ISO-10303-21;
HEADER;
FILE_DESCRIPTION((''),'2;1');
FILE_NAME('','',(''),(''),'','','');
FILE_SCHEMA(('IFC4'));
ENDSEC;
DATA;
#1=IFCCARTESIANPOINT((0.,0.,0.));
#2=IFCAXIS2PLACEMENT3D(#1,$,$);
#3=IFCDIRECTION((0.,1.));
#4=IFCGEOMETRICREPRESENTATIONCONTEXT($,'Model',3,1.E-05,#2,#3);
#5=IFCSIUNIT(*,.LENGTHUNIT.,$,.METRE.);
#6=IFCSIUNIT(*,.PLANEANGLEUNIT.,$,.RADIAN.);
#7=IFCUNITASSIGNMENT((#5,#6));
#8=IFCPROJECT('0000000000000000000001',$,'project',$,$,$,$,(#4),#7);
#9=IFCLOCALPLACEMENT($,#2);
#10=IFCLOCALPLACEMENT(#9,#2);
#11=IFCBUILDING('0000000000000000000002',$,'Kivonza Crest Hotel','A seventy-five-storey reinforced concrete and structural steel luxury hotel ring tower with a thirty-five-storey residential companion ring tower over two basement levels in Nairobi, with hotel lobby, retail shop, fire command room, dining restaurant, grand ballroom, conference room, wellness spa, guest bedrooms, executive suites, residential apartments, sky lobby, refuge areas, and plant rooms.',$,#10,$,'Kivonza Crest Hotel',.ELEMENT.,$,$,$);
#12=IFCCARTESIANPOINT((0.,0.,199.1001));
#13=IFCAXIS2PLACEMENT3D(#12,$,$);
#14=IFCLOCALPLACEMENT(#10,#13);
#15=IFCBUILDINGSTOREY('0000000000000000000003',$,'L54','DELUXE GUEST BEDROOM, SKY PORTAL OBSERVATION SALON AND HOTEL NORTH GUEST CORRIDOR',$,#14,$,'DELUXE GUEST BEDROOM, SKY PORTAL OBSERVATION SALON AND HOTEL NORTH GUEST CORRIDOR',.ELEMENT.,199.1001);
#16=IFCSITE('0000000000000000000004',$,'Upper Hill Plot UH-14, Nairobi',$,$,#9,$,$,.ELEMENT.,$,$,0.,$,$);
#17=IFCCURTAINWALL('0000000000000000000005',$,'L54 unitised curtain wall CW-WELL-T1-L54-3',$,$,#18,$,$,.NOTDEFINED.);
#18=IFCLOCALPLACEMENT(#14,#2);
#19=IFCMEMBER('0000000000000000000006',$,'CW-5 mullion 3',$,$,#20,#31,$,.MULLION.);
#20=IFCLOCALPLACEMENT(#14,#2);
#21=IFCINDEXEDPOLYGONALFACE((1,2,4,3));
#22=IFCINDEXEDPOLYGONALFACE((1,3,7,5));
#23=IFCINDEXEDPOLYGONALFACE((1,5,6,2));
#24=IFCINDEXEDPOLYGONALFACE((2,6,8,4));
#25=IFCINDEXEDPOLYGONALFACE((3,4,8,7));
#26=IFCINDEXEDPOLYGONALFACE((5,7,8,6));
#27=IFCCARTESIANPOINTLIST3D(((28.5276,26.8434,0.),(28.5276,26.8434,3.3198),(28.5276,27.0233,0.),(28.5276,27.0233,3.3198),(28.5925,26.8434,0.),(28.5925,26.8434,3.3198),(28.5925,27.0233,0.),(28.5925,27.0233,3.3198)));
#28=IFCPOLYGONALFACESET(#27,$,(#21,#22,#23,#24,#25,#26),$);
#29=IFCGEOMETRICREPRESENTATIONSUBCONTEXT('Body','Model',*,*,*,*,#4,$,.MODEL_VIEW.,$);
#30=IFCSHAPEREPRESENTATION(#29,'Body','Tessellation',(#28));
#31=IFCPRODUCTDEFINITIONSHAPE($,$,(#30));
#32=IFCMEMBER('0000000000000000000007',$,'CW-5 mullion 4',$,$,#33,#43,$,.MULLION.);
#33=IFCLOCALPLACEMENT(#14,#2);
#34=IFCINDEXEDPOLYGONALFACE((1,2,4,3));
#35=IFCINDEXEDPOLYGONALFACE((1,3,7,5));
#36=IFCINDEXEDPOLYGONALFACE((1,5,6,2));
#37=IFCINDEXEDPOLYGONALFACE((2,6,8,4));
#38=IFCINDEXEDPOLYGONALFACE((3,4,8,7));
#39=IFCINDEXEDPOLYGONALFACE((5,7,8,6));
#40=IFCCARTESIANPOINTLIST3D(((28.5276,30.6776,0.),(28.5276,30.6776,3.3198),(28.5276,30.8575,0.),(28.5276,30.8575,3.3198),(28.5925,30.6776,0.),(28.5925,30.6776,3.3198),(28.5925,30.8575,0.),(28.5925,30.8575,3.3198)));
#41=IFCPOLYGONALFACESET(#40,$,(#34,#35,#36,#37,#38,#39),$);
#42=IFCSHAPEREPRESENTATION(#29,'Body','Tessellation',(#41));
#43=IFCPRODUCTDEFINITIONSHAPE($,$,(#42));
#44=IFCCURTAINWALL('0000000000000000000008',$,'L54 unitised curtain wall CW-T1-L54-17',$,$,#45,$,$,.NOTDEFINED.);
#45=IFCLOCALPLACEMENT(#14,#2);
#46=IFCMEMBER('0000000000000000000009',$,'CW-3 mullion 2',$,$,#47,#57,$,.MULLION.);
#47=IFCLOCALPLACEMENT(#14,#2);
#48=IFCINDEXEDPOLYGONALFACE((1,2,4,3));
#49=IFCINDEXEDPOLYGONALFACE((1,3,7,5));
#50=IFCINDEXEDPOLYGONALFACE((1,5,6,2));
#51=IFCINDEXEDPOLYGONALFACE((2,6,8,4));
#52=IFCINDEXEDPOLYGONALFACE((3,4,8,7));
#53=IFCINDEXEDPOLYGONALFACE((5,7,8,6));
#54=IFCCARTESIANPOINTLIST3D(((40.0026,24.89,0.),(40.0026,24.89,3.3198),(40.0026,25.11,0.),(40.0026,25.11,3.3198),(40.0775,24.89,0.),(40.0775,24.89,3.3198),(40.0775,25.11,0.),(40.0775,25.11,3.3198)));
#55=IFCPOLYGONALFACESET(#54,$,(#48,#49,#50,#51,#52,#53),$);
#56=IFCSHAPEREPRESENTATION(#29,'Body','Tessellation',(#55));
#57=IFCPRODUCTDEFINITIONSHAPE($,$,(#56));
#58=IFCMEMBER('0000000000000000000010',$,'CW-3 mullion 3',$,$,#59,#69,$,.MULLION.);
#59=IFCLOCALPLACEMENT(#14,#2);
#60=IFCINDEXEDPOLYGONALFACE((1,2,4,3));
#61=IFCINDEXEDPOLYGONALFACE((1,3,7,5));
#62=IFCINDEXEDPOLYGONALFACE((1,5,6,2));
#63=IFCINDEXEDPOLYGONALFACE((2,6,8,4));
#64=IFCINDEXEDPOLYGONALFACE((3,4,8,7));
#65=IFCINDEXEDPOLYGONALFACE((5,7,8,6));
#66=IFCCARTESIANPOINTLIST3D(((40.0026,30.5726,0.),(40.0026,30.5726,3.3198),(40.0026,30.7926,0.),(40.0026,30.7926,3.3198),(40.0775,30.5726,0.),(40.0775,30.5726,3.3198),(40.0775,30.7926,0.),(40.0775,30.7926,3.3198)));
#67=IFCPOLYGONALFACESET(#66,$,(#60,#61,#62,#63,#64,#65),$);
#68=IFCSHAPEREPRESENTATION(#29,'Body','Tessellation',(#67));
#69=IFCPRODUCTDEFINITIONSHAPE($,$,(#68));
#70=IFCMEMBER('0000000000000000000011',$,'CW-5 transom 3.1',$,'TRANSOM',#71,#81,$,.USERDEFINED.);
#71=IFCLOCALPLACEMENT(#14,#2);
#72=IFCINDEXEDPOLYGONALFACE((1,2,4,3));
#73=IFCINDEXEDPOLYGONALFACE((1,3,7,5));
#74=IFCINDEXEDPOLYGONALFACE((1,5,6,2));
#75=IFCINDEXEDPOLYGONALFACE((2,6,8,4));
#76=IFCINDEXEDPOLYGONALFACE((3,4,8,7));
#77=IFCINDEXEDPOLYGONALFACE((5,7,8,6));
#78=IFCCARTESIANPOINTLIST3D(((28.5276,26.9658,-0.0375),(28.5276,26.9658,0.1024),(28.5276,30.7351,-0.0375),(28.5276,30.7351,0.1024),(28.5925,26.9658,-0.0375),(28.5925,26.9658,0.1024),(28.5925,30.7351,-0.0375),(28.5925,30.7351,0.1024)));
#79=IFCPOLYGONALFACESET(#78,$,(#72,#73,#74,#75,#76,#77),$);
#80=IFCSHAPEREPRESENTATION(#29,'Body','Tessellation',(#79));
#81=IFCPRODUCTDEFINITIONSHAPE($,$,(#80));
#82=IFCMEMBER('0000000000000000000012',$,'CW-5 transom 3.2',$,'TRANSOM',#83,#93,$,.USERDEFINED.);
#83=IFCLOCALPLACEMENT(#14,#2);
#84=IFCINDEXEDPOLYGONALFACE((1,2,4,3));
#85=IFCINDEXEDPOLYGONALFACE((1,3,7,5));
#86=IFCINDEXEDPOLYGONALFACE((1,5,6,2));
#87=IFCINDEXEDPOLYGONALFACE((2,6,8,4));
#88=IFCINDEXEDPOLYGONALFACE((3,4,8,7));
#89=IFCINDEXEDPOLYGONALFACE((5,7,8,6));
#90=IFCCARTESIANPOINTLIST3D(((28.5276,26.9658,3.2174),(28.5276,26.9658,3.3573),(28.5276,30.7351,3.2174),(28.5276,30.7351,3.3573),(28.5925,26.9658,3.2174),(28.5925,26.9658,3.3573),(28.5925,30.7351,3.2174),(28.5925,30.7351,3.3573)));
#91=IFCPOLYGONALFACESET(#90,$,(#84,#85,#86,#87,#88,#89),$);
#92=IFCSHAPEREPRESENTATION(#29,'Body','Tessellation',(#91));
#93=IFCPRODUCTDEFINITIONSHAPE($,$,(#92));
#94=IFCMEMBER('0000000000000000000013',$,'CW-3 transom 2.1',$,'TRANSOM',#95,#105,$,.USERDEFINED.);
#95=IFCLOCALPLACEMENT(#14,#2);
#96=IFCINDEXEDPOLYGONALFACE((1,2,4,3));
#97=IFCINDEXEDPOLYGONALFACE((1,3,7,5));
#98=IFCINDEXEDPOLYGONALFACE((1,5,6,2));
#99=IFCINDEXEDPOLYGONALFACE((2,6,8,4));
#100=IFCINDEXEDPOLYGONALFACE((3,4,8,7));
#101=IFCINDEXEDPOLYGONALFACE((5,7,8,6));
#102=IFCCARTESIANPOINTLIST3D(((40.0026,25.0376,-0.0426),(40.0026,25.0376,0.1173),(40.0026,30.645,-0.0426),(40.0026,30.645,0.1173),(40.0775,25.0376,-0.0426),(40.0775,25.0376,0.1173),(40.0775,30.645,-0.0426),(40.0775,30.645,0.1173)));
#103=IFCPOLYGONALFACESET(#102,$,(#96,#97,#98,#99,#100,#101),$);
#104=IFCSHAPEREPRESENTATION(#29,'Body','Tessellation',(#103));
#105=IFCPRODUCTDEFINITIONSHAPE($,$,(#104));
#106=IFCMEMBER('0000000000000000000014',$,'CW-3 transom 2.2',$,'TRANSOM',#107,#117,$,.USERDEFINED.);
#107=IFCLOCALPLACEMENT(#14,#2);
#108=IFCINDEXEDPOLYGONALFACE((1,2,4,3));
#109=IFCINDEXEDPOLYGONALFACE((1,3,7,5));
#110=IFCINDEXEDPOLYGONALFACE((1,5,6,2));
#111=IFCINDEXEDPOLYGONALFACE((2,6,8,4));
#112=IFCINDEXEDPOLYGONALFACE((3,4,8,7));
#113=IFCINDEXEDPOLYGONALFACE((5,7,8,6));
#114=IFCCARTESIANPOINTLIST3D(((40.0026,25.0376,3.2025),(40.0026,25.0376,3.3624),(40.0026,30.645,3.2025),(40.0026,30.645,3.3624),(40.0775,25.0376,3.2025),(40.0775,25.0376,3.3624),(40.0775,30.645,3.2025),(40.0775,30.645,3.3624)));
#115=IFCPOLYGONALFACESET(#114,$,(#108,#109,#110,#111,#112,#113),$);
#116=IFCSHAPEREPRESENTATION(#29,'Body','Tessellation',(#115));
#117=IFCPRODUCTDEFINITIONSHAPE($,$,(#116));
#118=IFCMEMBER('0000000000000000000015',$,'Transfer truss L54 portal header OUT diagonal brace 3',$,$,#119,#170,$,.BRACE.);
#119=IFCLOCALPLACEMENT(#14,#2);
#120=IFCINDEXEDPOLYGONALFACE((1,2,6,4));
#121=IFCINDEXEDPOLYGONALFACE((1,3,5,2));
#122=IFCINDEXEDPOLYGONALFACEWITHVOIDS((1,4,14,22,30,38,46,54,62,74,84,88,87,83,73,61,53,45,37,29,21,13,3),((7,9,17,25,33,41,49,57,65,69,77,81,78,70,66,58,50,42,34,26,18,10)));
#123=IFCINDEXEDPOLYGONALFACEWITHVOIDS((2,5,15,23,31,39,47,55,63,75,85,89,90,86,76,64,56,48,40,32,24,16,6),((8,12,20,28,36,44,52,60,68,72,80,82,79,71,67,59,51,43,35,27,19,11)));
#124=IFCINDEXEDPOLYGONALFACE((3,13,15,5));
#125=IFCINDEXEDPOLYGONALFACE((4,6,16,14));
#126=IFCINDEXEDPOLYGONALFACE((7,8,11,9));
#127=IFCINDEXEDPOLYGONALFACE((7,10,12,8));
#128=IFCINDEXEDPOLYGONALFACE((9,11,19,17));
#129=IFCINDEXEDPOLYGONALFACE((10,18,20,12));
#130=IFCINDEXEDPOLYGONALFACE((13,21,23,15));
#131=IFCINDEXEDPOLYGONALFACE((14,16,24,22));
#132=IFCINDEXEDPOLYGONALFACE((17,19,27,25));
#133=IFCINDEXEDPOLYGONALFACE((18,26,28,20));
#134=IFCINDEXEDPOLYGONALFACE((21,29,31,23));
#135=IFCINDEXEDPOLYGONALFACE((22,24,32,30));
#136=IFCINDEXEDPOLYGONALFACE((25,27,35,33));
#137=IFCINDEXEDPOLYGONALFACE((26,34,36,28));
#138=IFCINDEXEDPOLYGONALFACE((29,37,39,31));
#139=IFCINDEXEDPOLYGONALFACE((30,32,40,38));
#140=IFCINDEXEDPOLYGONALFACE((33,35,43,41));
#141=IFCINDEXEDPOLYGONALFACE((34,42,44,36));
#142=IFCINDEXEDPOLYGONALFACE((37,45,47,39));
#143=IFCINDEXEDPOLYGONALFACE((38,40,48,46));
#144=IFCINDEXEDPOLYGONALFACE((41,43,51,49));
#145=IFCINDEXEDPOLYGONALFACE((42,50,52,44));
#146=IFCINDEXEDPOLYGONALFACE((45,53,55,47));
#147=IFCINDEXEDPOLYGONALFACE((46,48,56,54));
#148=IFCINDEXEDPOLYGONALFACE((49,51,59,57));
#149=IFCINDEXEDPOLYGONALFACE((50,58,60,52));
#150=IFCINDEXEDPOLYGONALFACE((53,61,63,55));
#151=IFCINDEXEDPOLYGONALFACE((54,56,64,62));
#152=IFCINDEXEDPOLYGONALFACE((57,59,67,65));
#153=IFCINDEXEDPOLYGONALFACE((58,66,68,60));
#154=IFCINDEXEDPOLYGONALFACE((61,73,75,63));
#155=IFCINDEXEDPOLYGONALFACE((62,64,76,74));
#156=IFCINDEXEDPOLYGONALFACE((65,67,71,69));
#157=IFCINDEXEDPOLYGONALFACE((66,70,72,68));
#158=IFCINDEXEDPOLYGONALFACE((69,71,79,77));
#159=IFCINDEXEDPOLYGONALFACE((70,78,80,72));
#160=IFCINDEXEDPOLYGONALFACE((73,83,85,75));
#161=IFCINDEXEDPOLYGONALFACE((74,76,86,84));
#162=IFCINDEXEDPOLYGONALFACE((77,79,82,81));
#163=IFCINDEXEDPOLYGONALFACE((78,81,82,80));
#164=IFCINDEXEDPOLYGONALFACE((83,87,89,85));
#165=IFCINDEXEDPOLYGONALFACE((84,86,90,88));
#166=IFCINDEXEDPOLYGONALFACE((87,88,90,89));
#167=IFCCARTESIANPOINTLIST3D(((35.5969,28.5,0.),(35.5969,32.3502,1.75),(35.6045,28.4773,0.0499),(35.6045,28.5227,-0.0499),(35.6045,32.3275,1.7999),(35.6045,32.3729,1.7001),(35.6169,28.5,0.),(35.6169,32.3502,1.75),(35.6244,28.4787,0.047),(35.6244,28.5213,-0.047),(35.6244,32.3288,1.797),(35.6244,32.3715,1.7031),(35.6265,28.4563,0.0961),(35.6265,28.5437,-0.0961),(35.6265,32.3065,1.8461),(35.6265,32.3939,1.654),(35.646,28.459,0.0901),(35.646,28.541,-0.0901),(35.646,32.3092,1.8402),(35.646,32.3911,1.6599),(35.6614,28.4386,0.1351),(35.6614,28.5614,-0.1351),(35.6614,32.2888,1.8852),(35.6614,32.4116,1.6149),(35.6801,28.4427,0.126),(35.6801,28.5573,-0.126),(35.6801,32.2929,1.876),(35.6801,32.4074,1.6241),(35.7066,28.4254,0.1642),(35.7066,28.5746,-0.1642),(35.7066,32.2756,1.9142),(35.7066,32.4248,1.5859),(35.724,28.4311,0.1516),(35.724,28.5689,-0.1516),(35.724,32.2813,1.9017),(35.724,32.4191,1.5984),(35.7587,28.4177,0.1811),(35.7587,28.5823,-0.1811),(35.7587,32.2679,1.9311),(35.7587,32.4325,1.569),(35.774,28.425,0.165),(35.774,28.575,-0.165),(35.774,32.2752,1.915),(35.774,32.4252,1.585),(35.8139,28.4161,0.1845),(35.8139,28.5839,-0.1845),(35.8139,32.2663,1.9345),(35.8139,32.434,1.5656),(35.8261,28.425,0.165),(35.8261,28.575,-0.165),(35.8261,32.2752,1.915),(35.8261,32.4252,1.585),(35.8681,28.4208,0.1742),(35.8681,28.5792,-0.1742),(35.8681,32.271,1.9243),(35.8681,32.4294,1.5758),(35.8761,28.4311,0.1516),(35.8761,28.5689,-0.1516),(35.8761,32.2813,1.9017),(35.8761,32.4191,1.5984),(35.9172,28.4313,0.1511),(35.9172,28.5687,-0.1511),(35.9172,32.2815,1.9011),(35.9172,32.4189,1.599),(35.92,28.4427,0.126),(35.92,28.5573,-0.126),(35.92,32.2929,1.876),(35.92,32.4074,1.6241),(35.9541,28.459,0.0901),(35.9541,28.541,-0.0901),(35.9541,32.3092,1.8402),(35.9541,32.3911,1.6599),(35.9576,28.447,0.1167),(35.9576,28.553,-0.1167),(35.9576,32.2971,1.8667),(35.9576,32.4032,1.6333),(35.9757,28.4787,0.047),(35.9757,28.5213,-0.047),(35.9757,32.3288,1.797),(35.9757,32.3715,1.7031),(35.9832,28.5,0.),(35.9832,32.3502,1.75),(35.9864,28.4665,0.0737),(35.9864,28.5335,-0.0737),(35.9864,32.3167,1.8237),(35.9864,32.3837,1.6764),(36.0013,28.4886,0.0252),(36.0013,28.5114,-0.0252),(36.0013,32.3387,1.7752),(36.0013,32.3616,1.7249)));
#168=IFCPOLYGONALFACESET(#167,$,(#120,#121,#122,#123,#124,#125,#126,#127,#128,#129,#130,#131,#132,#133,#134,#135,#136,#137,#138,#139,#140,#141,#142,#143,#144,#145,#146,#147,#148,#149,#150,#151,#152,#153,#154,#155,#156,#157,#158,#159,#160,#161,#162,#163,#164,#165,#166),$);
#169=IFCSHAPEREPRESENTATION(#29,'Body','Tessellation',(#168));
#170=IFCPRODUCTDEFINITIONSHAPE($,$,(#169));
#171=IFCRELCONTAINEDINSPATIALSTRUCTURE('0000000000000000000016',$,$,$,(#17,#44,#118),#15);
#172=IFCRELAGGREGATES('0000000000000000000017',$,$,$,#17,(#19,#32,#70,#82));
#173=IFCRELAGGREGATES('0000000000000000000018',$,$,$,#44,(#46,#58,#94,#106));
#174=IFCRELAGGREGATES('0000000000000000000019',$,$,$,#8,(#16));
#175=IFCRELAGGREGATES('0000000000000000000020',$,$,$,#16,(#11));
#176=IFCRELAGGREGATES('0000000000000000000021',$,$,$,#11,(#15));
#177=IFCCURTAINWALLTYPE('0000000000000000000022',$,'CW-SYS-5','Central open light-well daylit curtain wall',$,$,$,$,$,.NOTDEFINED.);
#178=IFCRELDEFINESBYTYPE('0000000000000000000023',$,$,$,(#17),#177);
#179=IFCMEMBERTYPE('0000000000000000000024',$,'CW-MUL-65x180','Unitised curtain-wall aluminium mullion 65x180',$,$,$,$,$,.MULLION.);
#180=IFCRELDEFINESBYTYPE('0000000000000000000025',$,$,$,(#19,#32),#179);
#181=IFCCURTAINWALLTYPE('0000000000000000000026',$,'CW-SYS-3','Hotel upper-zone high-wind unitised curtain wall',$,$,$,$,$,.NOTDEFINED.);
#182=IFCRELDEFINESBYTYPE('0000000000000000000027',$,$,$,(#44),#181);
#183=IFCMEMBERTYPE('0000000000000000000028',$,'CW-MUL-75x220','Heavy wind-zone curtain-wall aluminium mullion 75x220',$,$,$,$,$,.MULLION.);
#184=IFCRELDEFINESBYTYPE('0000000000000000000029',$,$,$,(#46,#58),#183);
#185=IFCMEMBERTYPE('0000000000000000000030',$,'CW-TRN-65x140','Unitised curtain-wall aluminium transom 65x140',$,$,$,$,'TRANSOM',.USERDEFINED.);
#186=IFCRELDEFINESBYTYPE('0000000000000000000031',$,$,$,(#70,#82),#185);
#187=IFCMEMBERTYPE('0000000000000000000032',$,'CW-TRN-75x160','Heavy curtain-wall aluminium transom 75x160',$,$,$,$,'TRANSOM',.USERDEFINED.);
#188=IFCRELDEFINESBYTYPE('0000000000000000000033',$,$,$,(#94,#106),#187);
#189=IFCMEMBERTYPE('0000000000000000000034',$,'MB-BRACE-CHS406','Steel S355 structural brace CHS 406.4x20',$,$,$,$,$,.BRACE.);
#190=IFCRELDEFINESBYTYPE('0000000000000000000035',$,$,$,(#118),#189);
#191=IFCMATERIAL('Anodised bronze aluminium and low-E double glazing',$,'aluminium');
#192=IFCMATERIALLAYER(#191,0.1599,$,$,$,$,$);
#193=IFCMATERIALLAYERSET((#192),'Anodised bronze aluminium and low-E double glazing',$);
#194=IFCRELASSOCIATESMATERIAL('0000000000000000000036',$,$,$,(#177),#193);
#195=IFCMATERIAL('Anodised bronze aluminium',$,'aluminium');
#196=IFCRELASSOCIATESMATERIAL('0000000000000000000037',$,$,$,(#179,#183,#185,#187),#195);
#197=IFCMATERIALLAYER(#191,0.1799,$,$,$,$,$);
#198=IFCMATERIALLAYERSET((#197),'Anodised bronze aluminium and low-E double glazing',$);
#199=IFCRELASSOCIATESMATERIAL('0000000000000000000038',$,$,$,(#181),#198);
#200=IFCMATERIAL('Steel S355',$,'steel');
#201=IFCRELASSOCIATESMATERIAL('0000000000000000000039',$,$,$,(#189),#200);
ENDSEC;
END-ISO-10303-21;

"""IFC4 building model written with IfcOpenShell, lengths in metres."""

from ifc_helpers import new_model, si_unit, direction, frame, origin, origin_2d, place, context, subcontext, project, spatial, rectangle, hollow_circle, extrude, material, layer, layer_set, material_profile, profile_set, type_object, element, aggregate, save


model = new_model("IFC4")

# Units and contexts
model_context = context("Model", 3, precision=1e-05, world=origin(), true_north=direction((0.0, 1.0)))
body_context = subcontext(model_context, "Body", "Model", "MODEL_VIEW")
ifc_project = project(units=[si_unit("LENGTHUNIT", "METRE"), si_unit("PLANEANGLEUNIT", "RADIAN")], contexts=[model_context])

# Site, building, storey
site_placement = place(None, origin())
site = spatial("IfcSite", under=ifc_project, at=site_placement, Name="Upper Hill Plot UH-14, Nairobi", CompositionType="ELEMENT", RefElevation=0.0)
building_placement = place(site_placement, origin())
building = spatial("IfcBuilding", under=site, at=building_placement, Name="Kivonza Crest Hotel", Description="A seventy-five-storey reinforced concrete and structural steel luxury hotel ring tower with a thirty-five-storey residential companion ring tower over two basement levels in Nairobi, with hotel lobby, retail shop, fire command room, dining restaurant, grand ballroom, conference room, wellness spa, guest bedrooms, executive suites, residential apartments, sky lobby, refuge areas, and plant rooms.", LongName="Kivonza Crest Hotel", CompositionType="ELEMENT")
storey_placement = place(building_placement, frame((0.0, 0.0, 199.1001)))
storey = spatial("IfcBuildingStorey", under=building, at=storey_placement, Name="L54", Description="DELUXE GUEST BEDROOM, SKY PORTAL OBSERVATION SALON AND HOTEL NORTH GUEST CORRIDOR", LongName="DELUXE GUEST BEDROOM, SKY PORTAL OBSERVATION SALON AND HOTEL NORTH GUEST CORRIDOR", CompositionType="ELEMENT", Elevation=199.1001)

# Shared definitions
ifc_material_1 = material(Name="Steel S355", Category="steel")

# Curtain walls, members
ifc_material_2 = material(Name="Anodised bronze aluminium and low-E double glazing", Category="aluminium")
ifc_layer_1 = layer(ifc_material_2, 0.1599)
ifc_layer_set_1 = layer_set([ifc_layer_1], Name="Anodised bronze aluminium and low-E double glazing")
curtain_wall_type_1 = type_object("IfcCurtainWallType", Name="CW-SYS-5", Description="Central open light-well daylit curtain wall", PredefinedType="NOTDEFINED", material=ifc_layer_set_1)
curtain_wall_1_placement = place(storey_placement, origin())
curtain_wall_1 = element("IfcCurtainWall", 1, at=curtain_wall_1_placement, inside=storey, type_object=curtain_wall_type_1, Name="L54 unitised curtain wall CW-WELL-T1-L54-3", PredefinedType="NOTDEFINED")
ifc_material_3 = material(Name="Anodised bronze aluminium", Category="aluminium")
ifc_material_profile_1 = material_profile(ifc_material_3, rectangle(XDim=0.0649, YDim=0.1799, at=origin_2d()), Name="CW-M 65x180")
ifc_profile_set_1 = profile_set([ifc_material_profile_1], Name="Anodised bronze aluminium")
member_type_1 = type_object("IfcMemberType", Name="CW-MUL-65x180", Description="Unitised curtain-wall aluminium mullion 65x180", PredefinedType="MULLION", material=ifc_profile_set_1)
member_1_placement = place(storey_placement, frame((28.5601, 26.9333, 0.0), z_axis=(0.0, 0.0, 1.0), x_axis=(-1.0, 0.0, 0.0)))
member_1 = element("IfcMember", 2, at=member_1_placement, type_object=member_type_1, Name="CW-5 mullion 3", PredefinedType="MULLION", context=body_context, shape_type="SweptSolid", body=[
    extrude(rectangle(XDim=0.0649, YDim=0.1799, at=origin_2d()), origin(), (0.0, 0.0, 1.0), 3.3198),
])
member_2_placement = place(storey_placement, frame((28.5601, 30.7676, 0.0), z_axis=(0.0, 0.0, 1.0), x_axis=(-1.0, 0.0, 0.0)))
member_2 = element("IfcMember", 3, at=member_2_placement, type_object=member_type_1, Name="CW-5 mullion 4", PredefinedType="MULLION", context=body_context, shape_type="SweptSolid", body=[
    extrude(rectangle(XDim=0.0649, YDim=0.1799, at=origin_2d()), origin(), (0.0, 0.0, 1.0), 3.3198),
])
ifc_layer_2 = layer(ifc_material_2, 0.1799)
ifc_layer_set_2 = layer_set([ifc_layer_2], Name="Anodised bronze aluminium and low-E double glazing")
curtain_wall_type_2 = type_object("IfcCurtainWallType", Name="CW-SYS-3", Description="Hotel upper-zone high-wind unitised curtain wall", PredefinedType="NOTDEFINED", material=ifc_layer_set_2)
curtain_wall_2_placement = place(storey_placement, origin())
curtain_wall_2 = element("IfcCurtainWall", 4, at=curtain_wall_2_placement, inside=storey, type_object=curtain_wall_type_2, Name="L54 unitised curtain wall CW-T1-L54-17", PredefinedType="NOTDEFINED")
ifc_material_profile_2 = material_profile(ifc_material_3, rectangle(XDim=0.075, YDim=0.22, at=origin_2d()), Name="CW-M 75x220")
ifc_profile_set_2 = profile_set([ifc_material_profile_2], Name="Anodised bronze aluminium")
member_type_2 = type_object("IfcMemberType", Name="CW-MUL-75x220", Description="Heavy wind-zone curtain-wall aluminium mullion 75x220", PredefinedType="MULLION", material=ifc_profile_set_2)
member_3_placement = place(storey_placement, frame((40.04, 25.0, 0.0), z_axis=(0.0, 0.0, 1.0), x_axis=(-1.0, 0.0, 0.0)))
member_3 = element("IfcMember", 5, at=member_3_placement, type_object=member_type_2, Name="CW-3 mullion 2", PredefinedType="MULLION", context=body_context, shape_type="SweptSolid", body=[
    extrude(rectangle(XDim=0.075, YDim=0.22, at=origin_2d()), origin(), (0.0, 0.0, 1.0), 3.3198),
])
member_4_placement = place(storey_placement, frame((40.04, 30.6826, 0.0), z_axis=(0.0, 0.0, 1.0), x_axis=(-1.0, 0.0, 0.0)))
member_4 = element("IfcMember", 6, at=member_4_placement, type_object=member_type_2, Name="CW-3 mullion 3", PredefinedType="MULLION", context=body_context, shape_type="SweptSolid", body=[
    extrude(rectangle(XDim=0.075, YDim=0.22, at=origin_2d()), origin(), (0.0, 0.0, 1.0), 3.3198),
])

# Members
ifc_material_profile_3 = material_profile(ifc_material_3, rectangle(XDim=0.0649, YDim=0.1399, at=origin_2d()), Name="CW-T 65x140")
ifc_profile_set_3 = profile_set([ifc_material_profile_3], Name="Anodised bronze aluminium")
member_type_3 = type_object("IfcMemberType", Name="CW-TRN-65x140", Description="Unitised curtain-wall aluminium transom 65x140", ElementType="TRANSOM", PredefinedType="USERDEFINED", material=ifc_profile_set_3)
member_5_placement = place(storey_placement, frame((28.5601, 26.9658, 0.0325), z_axis=(0.0, 1.0, 0.0), x_axis=(-1.0, 0.0, 0.0)))
member_5 = element("IfcMember", 7, at=member_5_placement, type_object=member_type_3, Name="CW-5 transom 3.1", ObjectType="TRANSOM", PredefinedType="USERDEFINED", context=body_context, shape_type="SweptSolid", body=[
    extrude(rectangle(XDim=0.0649, YDim=0.1399, at=origin_2d()), origin(), (0.0, 0.0, 1.0), 3.7693),
])
member_6_placement = place(storey_placement, frame((28.5601, 26.9658, 3.2874), z_axis=(0.0, 1.0, 0.0), x_axis=(-1.0, 0.0, 0.0)))
member_6 = element("IfcMember", 8, at=member_6_placement, type_object=member_type_3, Name="CW-5 transom 3.2", ObjectType="TRANSOM", PredefinedType="USERDEFINED", context=body_context, shape_type="SweptSolid", body=[
    extrude(rectangle(XDim=0.0649, YDim=0.1399, at=origin_2d()), origin(), (0.0, 0.0, 1.0), 3.7693),
])
ifc_material_profile_4 = material_profile(ifc_material_3, rectangle(XDim=0.075, YDim=0.1599, at=origin_2d()), Name="CW-T 75x160")
ifc_profile_set_4 = profile_set([ifc_material_profile_4], Name="Anodised bronze aluminium")
member_type_4 = type_object("IfcMemberType", Name="CW-TRN-75x160", Description="Heavy curtain-wall aluminium transom 75x160", ElementType="TRANSOM", PredefinedType="USERDEFINED", material=ifc_profile_set_4)
member_7_placement = place(storey_placement, frame((40.04, 25.0376, 0.0374), z_axis=(0.0, 1.0, 0.0), x_axis=(-1.0, 0.0, 0.0)))
member_7 = element("IfcMember", 9, at=member_7_placement, type_object=member_type_4, Name="CW-3 transom 2.1", ObjectType="TRANSOM", PredefinedType="USERDEFINED", context=body_context, shape_type="SweptSolid", body=[
    extrude(rectangle(XDim=0.075, YDim=0.1599, at=origin_2d()), origin(), (0.0, 0.0, 1.0), 5.6074),
])
member_8_placement = place(storey_placement, frame((40.04, 25.0376, 3.2825), z_axis=(0.0, 1.0, 0.0), x_axis=(-1.0, 0.0, 0.0)))
member_8 = element("IfcMember", 10, at=member_8_placement, type_object=member_type_4, Name="CW-3 transom 2.2", ObjectType="TRANSOM", PredefinedType="USERDEFINED", context=body_context, shape_type="SweptSolid", body=[
    extrude(rectangle(XDim=0.075, YDim=0.1599, at=origin_2d()), origin(), (0.0, 0.0, 1.0), 5.6074),
])

# Member
ifc_material_profile_5 = material_profile(ifc_material_1, hollow_circle(Radius=0.2031, WallThickness=0.02, at=origin_2d()), Name="CHS 406.4x20")
ifc_profile_set_5 = profile_set([ifc_material_profile_5], Name="Steel S355")
member_type_5 = type_object("IfcMemberType", Name="MB-BRACE-CHS406", Description="Steel S355 structural brace CHS 406.4x20", PredefinedType="BRACE", material=ifc_profile_set_5)
member_9_placement = place(storey_placement, frame((35.8, 28.5, 0.0), z_axis=(0.0, 0.91037, 0.413794), x_axis=(-1.0, 0.0, 0.0)))
element("IfcMember", 11, at=member_9_placement, inside=storey, type_object=member_type_5, Name="Transfer truss L54 portal header OUT diagonal brace 3", PredefinedType="BRACE", context=body_context, shape_type="SweptSolid", body=[
    extrude(hollow_circle(Radius=0.2031, WallThickness=0.02, at=origin_2d()), origin(), (0.0, 0.0, 1.0), 4.2292),
])

aggregate(curtain_wall_1, [member_1, member_2, member_5, member_6])
aggregate(curtain_wall_2, [member_3, member_4, member_7, member_8])

save(model, "model.ifc")
